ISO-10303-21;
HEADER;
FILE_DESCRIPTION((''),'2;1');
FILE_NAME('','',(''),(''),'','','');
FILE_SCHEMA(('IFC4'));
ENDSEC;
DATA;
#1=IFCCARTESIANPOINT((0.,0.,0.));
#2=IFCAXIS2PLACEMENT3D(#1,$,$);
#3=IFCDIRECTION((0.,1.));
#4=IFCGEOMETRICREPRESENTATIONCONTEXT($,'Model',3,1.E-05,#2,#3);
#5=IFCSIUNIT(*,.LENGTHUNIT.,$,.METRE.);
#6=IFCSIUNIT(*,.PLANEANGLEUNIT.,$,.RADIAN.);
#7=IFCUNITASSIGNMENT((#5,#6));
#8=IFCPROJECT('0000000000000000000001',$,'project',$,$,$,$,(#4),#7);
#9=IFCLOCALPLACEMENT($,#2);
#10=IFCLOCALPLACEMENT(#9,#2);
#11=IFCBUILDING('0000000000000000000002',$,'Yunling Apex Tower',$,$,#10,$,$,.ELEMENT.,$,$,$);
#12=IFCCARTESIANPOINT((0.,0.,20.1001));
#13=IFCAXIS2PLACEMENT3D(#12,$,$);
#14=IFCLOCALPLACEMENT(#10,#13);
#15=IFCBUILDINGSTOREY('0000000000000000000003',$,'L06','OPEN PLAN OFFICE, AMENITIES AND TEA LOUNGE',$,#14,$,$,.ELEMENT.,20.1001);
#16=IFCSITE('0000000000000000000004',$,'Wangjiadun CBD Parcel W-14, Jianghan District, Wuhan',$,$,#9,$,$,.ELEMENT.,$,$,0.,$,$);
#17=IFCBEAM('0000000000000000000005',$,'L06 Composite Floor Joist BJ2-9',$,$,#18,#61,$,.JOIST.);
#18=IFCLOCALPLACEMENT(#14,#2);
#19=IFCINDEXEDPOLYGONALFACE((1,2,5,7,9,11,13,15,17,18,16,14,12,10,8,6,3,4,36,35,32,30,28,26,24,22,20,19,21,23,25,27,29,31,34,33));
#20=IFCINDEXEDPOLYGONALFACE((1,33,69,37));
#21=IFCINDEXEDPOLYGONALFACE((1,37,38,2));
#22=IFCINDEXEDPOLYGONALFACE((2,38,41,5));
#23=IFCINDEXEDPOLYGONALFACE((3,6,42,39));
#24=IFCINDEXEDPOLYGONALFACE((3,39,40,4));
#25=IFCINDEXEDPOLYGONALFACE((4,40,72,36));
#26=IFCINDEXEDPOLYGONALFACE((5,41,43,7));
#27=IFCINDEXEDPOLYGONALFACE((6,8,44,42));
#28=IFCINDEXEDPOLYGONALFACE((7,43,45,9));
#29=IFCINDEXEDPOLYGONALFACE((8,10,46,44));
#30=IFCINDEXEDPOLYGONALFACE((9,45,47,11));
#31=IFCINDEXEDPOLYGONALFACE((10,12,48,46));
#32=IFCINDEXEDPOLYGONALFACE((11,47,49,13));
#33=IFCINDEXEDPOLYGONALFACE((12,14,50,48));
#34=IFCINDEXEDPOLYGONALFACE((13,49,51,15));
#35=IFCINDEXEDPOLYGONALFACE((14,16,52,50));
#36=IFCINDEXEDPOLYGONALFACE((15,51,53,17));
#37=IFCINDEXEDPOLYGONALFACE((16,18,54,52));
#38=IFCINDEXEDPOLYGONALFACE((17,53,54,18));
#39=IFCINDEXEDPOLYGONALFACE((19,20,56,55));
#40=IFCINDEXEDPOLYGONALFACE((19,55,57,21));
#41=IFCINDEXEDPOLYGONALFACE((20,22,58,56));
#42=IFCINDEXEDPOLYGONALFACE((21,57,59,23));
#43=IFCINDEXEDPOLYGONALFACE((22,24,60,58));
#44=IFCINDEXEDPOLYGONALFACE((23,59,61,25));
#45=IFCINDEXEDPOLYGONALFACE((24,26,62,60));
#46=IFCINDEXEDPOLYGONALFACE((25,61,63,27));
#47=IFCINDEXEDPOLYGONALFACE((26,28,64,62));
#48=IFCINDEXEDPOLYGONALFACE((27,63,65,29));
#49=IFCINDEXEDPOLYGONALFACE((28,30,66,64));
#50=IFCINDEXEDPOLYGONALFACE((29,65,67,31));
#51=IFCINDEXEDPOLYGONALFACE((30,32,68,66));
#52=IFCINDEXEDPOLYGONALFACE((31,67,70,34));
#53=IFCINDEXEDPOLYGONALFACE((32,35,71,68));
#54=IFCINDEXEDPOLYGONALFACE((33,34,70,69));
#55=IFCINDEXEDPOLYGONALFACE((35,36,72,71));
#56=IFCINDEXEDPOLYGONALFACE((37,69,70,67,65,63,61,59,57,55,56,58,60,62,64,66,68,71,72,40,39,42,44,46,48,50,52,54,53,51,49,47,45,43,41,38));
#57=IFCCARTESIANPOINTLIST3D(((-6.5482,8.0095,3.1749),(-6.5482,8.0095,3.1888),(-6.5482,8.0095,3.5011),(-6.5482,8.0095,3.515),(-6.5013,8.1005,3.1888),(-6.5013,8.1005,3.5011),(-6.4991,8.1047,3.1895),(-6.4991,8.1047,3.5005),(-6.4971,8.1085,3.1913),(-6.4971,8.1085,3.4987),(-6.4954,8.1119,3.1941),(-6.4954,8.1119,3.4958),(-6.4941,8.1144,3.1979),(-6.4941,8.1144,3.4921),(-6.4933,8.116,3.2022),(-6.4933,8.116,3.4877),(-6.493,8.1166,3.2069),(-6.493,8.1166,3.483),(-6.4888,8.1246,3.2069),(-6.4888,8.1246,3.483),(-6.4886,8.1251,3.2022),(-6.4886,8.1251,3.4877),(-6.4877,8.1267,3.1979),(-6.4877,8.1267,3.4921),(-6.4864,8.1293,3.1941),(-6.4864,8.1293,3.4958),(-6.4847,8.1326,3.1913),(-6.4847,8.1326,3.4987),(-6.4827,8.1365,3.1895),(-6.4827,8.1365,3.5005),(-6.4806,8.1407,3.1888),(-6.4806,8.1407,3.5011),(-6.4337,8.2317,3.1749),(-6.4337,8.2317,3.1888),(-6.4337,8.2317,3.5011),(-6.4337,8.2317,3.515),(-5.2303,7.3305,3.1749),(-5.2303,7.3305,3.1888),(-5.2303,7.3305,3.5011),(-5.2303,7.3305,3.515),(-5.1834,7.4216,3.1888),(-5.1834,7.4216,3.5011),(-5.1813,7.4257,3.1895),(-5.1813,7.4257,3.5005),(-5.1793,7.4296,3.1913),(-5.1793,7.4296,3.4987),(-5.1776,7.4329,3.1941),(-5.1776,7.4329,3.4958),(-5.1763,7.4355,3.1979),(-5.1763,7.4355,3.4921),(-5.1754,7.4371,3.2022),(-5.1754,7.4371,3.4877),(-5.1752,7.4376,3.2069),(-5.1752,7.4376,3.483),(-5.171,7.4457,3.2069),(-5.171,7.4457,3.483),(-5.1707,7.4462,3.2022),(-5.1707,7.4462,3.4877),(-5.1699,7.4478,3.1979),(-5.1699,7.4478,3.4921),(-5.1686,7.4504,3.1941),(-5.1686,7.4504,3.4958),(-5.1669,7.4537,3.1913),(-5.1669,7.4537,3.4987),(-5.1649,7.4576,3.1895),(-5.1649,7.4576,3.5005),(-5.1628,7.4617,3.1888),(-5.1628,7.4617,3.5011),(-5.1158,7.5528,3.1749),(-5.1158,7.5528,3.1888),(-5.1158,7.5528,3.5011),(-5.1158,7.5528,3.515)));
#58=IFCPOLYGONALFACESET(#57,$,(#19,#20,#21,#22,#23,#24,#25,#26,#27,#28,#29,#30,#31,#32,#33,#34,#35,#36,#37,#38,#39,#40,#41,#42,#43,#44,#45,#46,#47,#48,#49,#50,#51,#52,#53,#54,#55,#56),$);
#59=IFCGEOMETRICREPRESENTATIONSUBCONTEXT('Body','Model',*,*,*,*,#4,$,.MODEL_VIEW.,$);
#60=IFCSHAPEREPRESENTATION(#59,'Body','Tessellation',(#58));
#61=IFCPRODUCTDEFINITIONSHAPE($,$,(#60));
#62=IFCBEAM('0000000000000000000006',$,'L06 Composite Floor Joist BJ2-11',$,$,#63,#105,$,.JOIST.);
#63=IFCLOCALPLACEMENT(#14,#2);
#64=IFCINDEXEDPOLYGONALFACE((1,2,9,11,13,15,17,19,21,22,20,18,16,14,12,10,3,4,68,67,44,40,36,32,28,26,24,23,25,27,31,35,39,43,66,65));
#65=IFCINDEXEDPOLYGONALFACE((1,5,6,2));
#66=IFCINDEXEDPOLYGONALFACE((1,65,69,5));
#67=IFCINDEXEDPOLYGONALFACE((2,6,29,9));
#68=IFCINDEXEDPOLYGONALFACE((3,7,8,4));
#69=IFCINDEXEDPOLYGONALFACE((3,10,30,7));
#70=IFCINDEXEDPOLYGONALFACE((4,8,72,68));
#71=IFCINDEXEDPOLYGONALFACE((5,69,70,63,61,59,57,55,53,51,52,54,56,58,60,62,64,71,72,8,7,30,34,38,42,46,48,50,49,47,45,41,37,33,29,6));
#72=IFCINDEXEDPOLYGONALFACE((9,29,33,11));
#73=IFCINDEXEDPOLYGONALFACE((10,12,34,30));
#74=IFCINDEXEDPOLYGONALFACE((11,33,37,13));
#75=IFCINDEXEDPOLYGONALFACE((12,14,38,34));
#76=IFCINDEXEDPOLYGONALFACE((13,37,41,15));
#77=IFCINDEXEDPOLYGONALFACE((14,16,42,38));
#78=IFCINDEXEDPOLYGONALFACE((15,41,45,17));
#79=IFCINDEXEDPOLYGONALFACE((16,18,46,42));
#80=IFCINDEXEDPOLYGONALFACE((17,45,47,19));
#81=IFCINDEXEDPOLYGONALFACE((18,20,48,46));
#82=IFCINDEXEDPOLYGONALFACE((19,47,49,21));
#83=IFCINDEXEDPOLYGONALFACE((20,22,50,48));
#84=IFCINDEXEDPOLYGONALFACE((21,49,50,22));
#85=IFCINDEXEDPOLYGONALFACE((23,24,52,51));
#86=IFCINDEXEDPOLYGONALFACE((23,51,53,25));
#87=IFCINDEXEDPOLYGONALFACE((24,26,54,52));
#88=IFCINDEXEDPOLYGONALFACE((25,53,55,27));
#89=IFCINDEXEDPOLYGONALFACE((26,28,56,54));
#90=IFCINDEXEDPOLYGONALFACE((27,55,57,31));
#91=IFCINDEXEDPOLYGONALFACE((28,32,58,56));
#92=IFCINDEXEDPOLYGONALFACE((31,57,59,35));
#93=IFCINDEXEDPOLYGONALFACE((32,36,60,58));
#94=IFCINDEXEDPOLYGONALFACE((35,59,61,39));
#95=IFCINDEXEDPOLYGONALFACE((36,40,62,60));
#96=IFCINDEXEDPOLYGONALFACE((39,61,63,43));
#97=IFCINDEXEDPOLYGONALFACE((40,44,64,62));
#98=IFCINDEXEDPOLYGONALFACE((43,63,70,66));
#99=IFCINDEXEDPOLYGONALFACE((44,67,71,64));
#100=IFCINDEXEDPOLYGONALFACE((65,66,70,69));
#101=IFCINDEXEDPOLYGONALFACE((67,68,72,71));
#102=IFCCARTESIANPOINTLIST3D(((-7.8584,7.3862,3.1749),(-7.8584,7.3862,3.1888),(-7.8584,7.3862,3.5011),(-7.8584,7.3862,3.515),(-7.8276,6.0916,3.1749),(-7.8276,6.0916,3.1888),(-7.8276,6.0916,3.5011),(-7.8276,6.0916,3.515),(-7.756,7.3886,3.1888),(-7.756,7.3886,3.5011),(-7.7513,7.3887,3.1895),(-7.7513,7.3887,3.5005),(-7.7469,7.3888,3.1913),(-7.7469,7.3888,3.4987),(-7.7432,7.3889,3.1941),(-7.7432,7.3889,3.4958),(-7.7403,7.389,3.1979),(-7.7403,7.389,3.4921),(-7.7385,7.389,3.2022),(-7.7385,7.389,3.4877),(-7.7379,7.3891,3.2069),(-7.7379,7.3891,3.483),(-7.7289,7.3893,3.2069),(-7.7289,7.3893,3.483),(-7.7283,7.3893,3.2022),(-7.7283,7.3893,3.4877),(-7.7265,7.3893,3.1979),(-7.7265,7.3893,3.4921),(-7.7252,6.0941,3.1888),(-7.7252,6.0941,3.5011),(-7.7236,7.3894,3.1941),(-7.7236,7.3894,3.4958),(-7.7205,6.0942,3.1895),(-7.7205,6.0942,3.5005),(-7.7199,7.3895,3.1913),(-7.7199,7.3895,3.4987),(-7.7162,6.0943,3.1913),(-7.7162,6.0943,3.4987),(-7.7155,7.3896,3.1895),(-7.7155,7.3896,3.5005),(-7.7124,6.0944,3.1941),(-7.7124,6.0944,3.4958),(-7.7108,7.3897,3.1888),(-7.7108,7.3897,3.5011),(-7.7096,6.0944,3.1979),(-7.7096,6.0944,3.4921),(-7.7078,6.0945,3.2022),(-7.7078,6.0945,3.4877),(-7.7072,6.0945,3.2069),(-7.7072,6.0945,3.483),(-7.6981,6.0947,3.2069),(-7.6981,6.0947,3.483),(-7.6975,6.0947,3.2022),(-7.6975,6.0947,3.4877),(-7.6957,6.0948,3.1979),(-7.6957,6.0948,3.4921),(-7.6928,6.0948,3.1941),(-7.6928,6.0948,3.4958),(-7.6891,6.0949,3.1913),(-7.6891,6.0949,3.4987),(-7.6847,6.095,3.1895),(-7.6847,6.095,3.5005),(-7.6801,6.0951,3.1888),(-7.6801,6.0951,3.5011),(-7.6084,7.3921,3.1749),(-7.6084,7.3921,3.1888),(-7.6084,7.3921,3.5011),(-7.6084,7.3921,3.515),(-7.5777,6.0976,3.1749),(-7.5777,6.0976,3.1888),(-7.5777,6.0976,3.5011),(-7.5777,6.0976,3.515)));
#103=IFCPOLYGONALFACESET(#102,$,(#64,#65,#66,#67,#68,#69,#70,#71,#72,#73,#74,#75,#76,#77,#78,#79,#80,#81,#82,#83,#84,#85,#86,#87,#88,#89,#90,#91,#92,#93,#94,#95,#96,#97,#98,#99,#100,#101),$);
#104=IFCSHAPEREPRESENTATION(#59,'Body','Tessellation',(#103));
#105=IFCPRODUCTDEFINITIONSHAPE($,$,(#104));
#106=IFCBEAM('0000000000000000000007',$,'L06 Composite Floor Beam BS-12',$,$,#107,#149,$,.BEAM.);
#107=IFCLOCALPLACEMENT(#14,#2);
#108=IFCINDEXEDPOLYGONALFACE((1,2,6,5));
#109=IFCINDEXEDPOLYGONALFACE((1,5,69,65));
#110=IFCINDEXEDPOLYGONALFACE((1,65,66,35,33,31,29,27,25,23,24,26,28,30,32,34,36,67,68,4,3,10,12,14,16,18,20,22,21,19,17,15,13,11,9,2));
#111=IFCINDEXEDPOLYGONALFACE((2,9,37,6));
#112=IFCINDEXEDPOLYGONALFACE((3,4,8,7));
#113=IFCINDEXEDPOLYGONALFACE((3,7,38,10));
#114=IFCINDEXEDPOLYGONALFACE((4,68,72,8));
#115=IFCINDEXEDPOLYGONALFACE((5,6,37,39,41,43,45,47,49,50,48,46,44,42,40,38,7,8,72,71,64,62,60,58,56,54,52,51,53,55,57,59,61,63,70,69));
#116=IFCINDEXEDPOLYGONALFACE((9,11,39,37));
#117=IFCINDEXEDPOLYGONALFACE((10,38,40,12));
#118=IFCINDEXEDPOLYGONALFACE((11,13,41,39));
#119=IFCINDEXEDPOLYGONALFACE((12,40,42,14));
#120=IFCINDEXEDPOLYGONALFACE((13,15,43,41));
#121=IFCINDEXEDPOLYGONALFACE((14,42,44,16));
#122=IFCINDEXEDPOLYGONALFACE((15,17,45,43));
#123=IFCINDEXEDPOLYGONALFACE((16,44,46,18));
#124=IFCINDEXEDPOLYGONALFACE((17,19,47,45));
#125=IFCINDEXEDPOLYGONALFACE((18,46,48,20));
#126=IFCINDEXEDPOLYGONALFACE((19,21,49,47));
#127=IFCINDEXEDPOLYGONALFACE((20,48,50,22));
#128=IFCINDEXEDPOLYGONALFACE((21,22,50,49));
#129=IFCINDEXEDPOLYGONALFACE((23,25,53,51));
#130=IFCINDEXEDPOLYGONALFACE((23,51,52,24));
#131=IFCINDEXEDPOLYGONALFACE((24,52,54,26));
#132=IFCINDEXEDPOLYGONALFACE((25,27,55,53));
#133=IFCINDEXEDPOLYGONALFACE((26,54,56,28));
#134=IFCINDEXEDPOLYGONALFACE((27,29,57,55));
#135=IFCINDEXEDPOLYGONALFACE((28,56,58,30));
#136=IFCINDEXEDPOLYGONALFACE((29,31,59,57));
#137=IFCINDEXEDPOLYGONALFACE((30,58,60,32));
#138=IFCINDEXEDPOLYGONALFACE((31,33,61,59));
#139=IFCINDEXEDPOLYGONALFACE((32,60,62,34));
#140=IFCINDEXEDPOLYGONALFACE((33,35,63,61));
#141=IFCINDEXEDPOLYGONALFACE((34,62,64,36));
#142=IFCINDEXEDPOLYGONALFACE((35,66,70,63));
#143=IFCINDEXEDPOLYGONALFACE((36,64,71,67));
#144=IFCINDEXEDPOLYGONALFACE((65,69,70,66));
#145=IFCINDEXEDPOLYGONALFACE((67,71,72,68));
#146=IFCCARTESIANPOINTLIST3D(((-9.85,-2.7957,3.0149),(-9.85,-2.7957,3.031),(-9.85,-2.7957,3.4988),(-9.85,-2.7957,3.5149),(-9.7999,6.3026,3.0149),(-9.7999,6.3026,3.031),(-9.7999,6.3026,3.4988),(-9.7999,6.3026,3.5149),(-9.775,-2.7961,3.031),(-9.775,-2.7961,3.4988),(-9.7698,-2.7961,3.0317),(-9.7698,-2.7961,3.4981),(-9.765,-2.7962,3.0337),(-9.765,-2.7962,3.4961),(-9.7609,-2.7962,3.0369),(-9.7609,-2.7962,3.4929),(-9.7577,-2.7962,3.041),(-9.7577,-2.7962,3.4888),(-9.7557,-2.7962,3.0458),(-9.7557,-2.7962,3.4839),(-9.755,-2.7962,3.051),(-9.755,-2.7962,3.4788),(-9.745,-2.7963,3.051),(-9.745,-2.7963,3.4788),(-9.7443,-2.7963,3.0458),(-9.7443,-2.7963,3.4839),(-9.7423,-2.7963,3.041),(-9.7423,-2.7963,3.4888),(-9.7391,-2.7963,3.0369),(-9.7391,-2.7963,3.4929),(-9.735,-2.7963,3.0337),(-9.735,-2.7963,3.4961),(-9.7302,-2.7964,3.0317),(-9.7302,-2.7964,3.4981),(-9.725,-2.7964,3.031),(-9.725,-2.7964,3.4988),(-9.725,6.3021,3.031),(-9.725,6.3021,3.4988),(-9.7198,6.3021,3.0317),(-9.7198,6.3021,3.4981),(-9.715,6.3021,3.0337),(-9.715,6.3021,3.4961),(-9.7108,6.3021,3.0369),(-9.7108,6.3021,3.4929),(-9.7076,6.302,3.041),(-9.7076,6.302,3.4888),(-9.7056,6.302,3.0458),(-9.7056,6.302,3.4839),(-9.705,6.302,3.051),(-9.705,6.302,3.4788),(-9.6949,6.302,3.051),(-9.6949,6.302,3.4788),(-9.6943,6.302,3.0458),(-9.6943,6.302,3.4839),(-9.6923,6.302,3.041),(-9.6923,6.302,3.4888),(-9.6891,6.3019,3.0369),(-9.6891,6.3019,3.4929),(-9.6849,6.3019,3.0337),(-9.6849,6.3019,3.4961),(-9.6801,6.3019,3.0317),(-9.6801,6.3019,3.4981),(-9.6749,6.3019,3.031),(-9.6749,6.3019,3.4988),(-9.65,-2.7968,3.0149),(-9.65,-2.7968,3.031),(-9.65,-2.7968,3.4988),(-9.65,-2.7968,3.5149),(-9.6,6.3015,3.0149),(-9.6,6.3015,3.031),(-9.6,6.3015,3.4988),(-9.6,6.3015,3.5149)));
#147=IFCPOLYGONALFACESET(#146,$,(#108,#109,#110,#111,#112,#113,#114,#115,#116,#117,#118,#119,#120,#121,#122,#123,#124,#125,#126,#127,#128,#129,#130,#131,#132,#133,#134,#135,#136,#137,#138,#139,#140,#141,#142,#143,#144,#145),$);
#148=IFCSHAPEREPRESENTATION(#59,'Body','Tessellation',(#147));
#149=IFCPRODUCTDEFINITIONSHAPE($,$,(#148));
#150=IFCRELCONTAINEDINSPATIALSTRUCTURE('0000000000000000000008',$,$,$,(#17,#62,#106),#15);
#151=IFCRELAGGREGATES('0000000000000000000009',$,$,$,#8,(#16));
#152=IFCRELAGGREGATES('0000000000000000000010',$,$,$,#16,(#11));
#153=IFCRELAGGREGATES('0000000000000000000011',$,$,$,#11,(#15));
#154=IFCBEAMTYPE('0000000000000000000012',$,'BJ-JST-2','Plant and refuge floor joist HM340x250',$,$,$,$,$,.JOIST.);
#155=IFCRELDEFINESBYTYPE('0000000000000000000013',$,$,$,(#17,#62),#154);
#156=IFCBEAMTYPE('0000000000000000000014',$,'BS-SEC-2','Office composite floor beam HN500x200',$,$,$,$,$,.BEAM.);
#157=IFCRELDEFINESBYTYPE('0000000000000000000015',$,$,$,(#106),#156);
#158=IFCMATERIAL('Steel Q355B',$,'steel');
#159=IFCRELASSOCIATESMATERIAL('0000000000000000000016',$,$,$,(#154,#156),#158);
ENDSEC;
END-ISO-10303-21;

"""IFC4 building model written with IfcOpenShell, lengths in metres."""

from ifc_helpers import new_model, si_unit, direction, frame, origin, origin_2d, place, context, subcontext, project, spatial, i_section, extrude, source, transform, mapped, material, material_profile, profile_set, type_object, element, save


model = new_model("IFC4")

# Units and contexts
model_context = context("Model", 3, precision=1e-05, world=origin(), true_north=direction((0.0, 1.0)))
body_context = subcontext(model_context, "Body", "Model", "MODEL_VIEW")
ifc_project = project(units=[si_unit("LENGTHUNIT", "METRE"), si_unit("PLANEANGLEUNIT", "RADIAN")], contexts=[model_context])

# Site, building, storey
site_placement = place(None, origin())
site = spatial("IfcSite", under=ifc_project, at=site_placement, Name="Wangjiadun CBD Parcel W-14, Jianghan District, Wuhan", CompositionType="ELEMENT", RefElevation=0.0)
building_placement = place(site_placement, origin())
building = spatial("IfcBuilding", under=site, at=building_placement, Name="Yunling Apex Tower", CompositionType="ELEMENT")
storey_placement = place(building_placement, frame((0.0, 0.0, 20.1001)))
storey = spatial("IfcBuildingStorey", under=building, at=storey_placement, Name="L06", Description="OPEN PLAN OFFICE, AMENITIES AND TEA LOUNGE", CompositionType="ELEMENT", Elevation=20.1001)

# Beams
ifc_material_1 = material(Name="Steel Q355B", Category="steel")
ifc_material_profile_1 = material_profile(ifc_material_1, i_section(OverallWidth=0.25, OverallDepth=0.3401, WebThickness=0.009, FlangeThickness=0.0139, FilletRadius=0.0181, at=origin_2d()))
ifc_profile_set_1 = profile_set([ifc_material_profile_1], Name="Steel Q355B")
beam_type_1 = type_object("IfcBeamType", Name="BJ-JST-2", Description="Plant and refuge floor joist HM340x250", PredefinedType="JOIST", material=ifc_profile_set_1)
shared_shape_1 = source(origin(), body_context, "Body", "SweptSolid", [
    extrude(i_section(OverallWidth=0.25, OverallDepth=0.3401, WebThickness=0.009, FlangeThickness=0.0139, FilletRadius=0.0181, at=origin_2d()), origin(), (0.0, 0.0, 1.0), 1.4824),
])
beam_1_placement = place(storey_placement, frame((-5.1731, 7.4417, 3.345), z_axis=(-0.88896, 0.457984, 0.0), x_axis=(-0.457984, -0.88896, 0.0)))
element("IfcBeam", 1, at=beam_1_placement, inside=storey, type_object=beam_type_1, Name="L06 Composite Floor Joist BJ2-9", PredefinedType="JOIST", context=body_context, shape_type="MappedRepresentation", body=[
    mapped(shared_shape_1, transform((0.0, 0.0, 0.0), scale=1.0)),
])
shared_shape_2 = source(origin(), body_context, "Body", "SweptSolid", [
    extrude(i_section(OverallWidth=0.25, OverallDepth=0.3401, WebThickness=0.009, FlangeThickness=0.0139, FilletRadius=0.0181, at=origin_2d()), origin(), (0.0, 0.0, 1.0), 1.2949),
])
beam_2_placement = place(storey_placement, frame((-7.7334, 7.3892, 3.345), z_axis=(0.023753, -0.999718, 0.0), x_axis=(0.999718, 0.023753, 0.0)))
element("IfcBeam", 2, at=beam_2_placement, inside=storey, type_object=beam_type_1, Name="L06 Composite Floor Joist BJ2-11", PredefinedType="JOIST", context=body_context, shape_type="MappedRepresentation", body=[
    mapped(shared_shape_2, transform((0.0, 0.0, 0.0), scale=1.0)),
])
ifc_material_profile_2 = material_profile(ifc_material_1, i_section(OverallWidth=0.2, OverallDepth=0.5, WebThickness=0.01, FlangeThickness=0.0161, FilletRadius=0.02, at=origin_2d()))
ifc_profile_set_2 = profile_set([ifc_material_profile_2], Name="Steel Q355B")
beam_type_2 = type_object("IfcBeamType", Name="BS-SEC-2", Description="Office composite floor beam HN500x200", PredefinedType="BEAM", material=ifc_profile_set_2)
shared_shape_3 = source(origin(), body_context, "Body", "SweptSolid", [
    extrude(i_section(OverallWidth=0.2, OverallDepth=0.5, WebThickness=0.01, FlangeThickness=0.0161, FilletRadius=0.02, at=origin_2d()), origin(), (0.0, 0.0, 1.0), 9.0984),
])
beam_3_placement = place(storey_placement, frame((-9.7, 6.302, 3.2649), z_axis=(-0.005501, -0.999985, 0.0), x_axis=(0.999985, -0.005501, 0.0)))
element("IfcBeam", 3, at=beam_3_placement, inside=storey, type_object=beam_type_2, Name="L06 Composite Floor Beam BS-12", PredefinedType="BEAM", context=body_context, shape_type="MappedRepresentation", body=[
    mapped(shared_shape_3, transform((0.0, 0.0, 0.0), scale=1.0)),
])

save(model, "model.ifc")
